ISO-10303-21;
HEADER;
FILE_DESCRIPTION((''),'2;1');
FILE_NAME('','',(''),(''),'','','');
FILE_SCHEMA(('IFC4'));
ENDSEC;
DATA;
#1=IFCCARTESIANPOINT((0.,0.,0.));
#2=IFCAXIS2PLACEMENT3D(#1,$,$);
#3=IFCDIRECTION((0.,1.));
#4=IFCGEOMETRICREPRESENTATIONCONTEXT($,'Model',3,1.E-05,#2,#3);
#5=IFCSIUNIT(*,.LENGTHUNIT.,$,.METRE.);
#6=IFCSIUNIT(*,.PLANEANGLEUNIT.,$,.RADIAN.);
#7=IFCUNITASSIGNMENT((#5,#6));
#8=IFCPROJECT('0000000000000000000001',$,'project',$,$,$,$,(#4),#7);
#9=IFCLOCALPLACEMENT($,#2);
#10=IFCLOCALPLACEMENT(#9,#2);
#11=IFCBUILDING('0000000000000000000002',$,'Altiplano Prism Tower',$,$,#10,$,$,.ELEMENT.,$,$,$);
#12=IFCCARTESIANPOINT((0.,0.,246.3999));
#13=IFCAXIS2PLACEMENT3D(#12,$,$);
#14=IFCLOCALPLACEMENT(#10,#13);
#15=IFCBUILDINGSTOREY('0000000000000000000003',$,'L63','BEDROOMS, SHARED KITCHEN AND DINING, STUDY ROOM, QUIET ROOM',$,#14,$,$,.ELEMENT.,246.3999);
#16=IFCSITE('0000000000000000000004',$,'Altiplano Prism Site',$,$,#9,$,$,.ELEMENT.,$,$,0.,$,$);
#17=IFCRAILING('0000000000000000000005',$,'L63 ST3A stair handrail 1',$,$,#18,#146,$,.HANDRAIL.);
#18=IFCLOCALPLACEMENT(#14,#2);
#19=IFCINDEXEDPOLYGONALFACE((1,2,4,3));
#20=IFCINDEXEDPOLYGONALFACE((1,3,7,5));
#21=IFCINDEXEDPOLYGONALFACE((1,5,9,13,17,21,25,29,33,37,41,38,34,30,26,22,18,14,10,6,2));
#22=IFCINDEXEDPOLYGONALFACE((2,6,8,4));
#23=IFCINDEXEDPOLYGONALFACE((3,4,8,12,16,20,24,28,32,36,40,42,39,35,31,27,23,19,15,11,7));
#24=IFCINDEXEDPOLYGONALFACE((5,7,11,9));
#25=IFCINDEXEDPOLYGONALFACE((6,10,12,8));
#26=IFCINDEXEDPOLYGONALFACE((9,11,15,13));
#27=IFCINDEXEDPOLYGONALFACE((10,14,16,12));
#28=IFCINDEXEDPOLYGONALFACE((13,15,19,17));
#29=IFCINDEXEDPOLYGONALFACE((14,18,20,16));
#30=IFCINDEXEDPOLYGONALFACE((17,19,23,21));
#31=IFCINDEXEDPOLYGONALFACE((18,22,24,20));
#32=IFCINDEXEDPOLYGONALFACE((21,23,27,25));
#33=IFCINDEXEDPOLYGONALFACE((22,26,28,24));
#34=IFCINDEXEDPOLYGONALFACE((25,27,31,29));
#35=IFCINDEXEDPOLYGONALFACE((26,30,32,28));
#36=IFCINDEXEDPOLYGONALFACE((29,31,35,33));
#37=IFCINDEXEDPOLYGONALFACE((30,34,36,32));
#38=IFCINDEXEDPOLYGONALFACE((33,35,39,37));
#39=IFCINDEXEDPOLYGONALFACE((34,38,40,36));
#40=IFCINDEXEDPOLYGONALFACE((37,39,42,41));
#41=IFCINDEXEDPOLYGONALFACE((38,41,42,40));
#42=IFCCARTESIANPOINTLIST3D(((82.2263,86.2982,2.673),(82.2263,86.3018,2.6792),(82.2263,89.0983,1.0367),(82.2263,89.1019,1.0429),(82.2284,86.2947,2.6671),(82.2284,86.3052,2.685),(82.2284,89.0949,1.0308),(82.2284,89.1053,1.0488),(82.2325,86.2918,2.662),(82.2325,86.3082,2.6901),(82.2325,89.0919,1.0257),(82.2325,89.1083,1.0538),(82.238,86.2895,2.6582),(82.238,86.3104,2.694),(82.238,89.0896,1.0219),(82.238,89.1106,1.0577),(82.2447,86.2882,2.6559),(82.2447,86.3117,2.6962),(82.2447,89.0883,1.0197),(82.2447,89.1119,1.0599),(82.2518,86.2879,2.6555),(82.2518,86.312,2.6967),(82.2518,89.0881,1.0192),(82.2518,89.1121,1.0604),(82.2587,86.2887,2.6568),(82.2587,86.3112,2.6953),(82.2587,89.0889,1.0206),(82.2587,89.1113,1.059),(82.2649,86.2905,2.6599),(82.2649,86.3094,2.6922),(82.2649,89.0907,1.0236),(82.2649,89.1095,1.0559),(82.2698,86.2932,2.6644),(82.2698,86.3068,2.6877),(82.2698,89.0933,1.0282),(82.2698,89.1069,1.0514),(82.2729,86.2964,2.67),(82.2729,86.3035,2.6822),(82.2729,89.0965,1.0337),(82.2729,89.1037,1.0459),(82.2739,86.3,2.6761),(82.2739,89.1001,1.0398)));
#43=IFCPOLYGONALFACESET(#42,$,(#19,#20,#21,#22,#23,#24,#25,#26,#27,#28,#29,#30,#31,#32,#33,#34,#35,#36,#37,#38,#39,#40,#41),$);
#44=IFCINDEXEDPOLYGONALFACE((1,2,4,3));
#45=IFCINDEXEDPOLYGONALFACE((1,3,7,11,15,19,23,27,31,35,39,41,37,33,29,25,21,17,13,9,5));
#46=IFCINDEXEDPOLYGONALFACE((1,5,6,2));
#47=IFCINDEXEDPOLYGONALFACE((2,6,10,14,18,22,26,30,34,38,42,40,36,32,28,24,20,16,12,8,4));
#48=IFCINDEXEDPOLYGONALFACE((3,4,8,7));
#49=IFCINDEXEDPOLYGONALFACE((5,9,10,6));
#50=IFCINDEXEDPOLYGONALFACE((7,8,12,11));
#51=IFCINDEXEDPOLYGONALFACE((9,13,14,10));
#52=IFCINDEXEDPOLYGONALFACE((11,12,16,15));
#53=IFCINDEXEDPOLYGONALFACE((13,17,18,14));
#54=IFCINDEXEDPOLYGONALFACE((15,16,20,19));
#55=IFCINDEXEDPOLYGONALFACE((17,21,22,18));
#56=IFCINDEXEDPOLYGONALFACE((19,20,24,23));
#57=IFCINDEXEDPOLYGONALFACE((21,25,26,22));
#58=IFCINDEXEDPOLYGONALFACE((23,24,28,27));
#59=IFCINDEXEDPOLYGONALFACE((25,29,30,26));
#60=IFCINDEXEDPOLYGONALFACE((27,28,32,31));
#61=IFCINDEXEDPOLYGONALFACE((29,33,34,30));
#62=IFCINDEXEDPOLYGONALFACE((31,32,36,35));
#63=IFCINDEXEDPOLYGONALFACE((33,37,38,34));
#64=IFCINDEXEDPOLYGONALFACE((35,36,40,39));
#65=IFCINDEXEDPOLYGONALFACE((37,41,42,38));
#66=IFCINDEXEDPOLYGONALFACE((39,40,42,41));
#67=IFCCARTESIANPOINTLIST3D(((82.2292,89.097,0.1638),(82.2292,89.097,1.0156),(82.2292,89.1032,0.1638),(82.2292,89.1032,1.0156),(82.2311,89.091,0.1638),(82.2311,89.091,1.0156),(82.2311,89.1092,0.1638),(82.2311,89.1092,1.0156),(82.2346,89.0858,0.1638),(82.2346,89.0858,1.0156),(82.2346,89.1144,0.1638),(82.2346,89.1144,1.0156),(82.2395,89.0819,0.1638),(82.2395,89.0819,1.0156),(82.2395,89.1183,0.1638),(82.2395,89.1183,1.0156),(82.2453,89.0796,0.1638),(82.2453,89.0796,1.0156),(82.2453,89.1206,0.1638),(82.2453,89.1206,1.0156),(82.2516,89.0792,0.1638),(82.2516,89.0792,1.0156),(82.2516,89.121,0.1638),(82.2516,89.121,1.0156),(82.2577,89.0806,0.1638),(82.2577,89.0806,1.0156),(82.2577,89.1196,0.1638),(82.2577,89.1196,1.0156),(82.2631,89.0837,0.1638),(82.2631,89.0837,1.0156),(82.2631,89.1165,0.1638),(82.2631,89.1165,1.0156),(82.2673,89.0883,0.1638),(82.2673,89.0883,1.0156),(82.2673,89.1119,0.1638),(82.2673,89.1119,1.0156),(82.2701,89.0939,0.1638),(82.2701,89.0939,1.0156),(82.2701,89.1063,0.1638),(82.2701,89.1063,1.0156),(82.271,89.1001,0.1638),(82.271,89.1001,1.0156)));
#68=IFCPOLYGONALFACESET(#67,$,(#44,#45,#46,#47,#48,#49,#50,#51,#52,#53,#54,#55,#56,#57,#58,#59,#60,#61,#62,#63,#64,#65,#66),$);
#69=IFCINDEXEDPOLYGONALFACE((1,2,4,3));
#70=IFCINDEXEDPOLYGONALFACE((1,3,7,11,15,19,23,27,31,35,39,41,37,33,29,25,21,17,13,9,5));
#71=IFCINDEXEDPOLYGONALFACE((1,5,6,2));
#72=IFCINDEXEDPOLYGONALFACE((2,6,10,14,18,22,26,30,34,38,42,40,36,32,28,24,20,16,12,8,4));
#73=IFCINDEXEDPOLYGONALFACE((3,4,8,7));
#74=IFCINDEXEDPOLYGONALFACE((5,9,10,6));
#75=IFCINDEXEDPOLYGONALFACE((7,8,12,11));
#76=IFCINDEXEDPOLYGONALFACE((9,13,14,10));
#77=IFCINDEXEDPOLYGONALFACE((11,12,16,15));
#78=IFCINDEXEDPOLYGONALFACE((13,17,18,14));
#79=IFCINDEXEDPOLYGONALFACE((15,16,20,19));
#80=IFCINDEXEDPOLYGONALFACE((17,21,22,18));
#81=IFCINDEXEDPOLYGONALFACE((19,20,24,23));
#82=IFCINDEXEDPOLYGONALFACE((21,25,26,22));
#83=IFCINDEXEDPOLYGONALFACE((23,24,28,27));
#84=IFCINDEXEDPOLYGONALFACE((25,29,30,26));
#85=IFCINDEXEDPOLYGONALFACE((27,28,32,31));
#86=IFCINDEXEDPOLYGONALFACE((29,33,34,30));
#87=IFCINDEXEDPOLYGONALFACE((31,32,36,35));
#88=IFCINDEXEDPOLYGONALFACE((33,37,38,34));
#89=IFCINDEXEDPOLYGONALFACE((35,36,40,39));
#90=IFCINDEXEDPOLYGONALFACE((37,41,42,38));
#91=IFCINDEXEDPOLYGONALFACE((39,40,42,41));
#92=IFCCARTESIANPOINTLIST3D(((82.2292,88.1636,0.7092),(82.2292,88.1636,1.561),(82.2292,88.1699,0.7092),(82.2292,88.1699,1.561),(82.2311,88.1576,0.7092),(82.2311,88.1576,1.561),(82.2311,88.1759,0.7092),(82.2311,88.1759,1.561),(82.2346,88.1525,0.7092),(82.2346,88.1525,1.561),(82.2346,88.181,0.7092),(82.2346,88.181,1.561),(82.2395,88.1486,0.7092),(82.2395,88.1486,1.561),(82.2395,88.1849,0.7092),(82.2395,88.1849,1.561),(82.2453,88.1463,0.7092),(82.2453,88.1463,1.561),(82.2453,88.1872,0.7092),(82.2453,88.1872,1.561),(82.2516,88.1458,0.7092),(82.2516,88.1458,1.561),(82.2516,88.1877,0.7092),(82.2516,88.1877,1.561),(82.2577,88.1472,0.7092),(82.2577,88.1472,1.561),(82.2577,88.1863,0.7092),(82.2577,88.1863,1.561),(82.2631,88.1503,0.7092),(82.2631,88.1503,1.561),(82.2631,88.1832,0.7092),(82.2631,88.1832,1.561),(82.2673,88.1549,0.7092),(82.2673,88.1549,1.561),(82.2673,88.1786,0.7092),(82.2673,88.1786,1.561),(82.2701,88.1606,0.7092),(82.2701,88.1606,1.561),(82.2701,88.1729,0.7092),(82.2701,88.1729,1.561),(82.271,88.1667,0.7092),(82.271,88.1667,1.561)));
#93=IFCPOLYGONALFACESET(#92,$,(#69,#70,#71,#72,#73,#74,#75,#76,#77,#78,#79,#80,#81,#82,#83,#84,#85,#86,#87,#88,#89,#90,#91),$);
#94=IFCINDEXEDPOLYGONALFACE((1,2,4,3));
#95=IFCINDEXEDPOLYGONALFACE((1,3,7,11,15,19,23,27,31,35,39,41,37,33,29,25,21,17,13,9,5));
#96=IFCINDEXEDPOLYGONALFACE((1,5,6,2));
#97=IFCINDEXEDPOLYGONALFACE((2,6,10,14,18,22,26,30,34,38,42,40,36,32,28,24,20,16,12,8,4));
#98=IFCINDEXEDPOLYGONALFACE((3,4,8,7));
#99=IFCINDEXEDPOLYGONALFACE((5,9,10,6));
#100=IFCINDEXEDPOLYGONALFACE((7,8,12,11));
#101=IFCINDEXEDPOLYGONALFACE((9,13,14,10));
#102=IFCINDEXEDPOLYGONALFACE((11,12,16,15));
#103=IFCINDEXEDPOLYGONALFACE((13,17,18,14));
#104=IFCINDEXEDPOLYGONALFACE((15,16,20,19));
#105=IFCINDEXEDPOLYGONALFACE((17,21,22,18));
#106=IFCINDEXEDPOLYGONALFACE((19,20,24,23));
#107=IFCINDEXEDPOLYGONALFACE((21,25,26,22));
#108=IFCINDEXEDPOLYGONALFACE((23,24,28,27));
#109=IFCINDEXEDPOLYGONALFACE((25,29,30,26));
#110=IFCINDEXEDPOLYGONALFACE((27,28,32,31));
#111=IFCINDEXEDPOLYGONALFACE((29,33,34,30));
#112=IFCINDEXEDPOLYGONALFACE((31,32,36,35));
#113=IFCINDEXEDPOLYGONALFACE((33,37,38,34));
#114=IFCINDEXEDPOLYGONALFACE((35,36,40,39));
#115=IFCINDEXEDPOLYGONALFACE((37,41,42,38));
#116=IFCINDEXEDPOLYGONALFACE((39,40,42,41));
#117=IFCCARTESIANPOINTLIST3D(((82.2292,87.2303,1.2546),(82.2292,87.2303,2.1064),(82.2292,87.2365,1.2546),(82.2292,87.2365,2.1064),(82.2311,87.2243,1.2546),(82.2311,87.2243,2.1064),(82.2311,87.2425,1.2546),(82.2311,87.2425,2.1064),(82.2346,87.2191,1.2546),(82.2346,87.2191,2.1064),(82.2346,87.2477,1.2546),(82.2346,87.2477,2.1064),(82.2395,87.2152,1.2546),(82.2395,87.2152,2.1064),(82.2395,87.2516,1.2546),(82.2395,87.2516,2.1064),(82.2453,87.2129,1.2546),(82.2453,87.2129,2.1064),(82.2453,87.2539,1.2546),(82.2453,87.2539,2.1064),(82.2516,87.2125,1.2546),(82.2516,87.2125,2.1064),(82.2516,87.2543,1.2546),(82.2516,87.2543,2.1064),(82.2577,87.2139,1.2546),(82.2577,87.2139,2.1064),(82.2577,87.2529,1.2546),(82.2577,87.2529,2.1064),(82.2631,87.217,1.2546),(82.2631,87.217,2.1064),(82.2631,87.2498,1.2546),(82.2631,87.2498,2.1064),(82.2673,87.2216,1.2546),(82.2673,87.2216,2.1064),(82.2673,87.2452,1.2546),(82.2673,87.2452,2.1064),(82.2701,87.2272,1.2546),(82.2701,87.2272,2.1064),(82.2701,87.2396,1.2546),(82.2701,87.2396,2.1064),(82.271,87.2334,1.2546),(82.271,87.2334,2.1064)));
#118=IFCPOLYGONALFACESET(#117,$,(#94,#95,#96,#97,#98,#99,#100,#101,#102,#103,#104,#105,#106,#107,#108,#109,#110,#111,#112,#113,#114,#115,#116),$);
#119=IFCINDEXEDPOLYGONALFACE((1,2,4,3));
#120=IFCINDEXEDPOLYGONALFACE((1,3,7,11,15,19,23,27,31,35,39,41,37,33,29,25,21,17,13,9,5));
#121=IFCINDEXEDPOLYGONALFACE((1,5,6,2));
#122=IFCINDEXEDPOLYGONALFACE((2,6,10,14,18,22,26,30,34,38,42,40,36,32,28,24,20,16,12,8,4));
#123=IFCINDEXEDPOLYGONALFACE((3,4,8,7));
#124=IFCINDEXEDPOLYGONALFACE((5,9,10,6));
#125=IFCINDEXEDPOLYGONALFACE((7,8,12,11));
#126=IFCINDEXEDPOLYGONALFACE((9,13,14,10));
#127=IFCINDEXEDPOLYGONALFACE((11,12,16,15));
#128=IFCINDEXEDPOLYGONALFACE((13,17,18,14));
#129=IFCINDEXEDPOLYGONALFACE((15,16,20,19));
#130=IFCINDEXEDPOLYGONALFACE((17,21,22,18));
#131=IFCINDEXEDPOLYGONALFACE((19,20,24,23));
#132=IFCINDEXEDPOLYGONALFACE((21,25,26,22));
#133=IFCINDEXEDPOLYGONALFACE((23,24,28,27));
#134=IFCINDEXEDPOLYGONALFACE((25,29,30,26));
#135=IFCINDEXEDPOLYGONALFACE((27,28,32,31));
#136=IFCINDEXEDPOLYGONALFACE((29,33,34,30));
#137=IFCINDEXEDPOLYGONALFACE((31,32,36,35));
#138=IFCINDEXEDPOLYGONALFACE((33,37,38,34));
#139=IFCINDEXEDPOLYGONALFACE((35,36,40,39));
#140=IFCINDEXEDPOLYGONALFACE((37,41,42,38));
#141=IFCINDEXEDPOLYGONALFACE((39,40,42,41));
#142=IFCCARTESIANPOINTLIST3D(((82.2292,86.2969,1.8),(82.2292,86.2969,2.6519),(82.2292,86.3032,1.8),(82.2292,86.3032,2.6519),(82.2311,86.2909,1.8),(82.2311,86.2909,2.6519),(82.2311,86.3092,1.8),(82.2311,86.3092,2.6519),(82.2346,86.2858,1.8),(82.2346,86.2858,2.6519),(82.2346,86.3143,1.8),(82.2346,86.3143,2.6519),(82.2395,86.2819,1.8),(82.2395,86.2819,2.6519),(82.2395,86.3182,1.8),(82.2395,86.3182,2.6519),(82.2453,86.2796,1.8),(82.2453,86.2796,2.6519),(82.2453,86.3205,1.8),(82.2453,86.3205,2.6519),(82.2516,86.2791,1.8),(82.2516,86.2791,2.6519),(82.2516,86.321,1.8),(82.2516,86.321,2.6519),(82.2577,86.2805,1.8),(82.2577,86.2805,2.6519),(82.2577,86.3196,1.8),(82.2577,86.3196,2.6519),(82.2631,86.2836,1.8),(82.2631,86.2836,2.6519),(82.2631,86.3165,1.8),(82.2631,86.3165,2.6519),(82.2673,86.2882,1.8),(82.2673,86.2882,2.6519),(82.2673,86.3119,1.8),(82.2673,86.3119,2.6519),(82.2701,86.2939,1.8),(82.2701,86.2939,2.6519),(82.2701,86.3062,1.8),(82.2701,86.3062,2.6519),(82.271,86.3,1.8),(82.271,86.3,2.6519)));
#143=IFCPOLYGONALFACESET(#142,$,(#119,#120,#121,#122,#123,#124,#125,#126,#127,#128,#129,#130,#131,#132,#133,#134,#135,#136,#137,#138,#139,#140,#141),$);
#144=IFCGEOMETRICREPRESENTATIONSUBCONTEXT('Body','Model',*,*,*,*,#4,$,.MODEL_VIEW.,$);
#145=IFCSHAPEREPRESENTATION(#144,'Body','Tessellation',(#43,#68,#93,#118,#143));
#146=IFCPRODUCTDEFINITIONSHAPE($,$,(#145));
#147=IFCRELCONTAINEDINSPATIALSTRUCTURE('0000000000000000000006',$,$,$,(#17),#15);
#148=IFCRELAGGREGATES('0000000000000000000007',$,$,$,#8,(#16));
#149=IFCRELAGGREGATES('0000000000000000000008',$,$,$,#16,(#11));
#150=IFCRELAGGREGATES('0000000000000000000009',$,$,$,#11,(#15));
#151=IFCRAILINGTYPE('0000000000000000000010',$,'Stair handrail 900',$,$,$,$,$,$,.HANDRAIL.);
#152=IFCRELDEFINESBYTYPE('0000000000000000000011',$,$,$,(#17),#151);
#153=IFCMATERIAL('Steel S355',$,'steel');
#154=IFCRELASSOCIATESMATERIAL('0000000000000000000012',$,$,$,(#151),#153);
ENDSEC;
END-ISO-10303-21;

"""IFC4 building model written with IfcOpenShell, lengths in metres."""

from ifc_helpers import new_model, si_unit, direction, frame, origin, origin_2d, place, context, subcontext, project, spatial, circle, extrude, material, type_object, element, save


model = new_model("IFC4")

# Units and contexts
model_context = context("Model", 3, precision=1e-05, world=origin(), true_north=direction((0.0, 1.0)))
body_context = subcontext(model_context, "Body", "Model", "MODEL_VIEW")
ifc_project = project(units=[si_unit("LENGTHUNIT", "METRE"), si_unit("PLANEANGLEUNIT", "RADIAN")], contexts=[model_context])

# Site, building, storey
site_placement = place(None, origin())
site = spatial("IfcSite", under=ifc_project, at=site_placement, Name="Altiplano Prism Site", CompositionType="ELEMENT", RefElevation=0.0)
building_placement = place(site_placement, origin())
building = spatial("IfcBuilding", under=site, at=building_placement, Name="Altiplano Prism Tower", CompositionType="ELEMENT")
storey_placement = place(building_placement, frame((0.0, 0.0, 246.3999)))
storey = spatial("IfcBuildingStorey", under=building, at=storey_placement, Name="L63", Description="BEDROOMS, SHARED KITCHEN AND DINING, STUDY ROOM, QUIET ROOM", CompositionType="ELEMENT", Elevation=246.3999)

# Railing
ifc_material_1 = material(Name="Steel S355", Category="steel")
railing_type = type_object("IfcRailingType", Name="Stair handrail 900", PredefinedType="HANDRAIL", material=ifc_material_1)
railing_1_placement = place(storey_placement, frame((82.25, 89.1001, 0.1638)))
element("IfcRailing", 1, at=railing_1_placement, inside=storey, type_object=railing_type, Name="L63 ST3A stair handrail 1", PredefinedType="HANDRAIL", context=body_context, shape_type="SweptSolid", body=[
    extrude(circle(Radius=0.0239, at=origin_2d()), frame((0.0, 0.0, 0.876), z_axis=(0.0, -0.863394, 0.504531), x_axis=(1.0, 0.0, 0.0)), (0.0, 0.0, 1.0), 3.2432),
    extrude(circle(Radius=0.021, at=origin_2d()), origin(), (0.0, 0.0, 1.0), 0.8518),
    extrude(circle(Radius=0.021, at=origin_2d()), frame((0.0, -0.9333, 0.5454)), (0.0, 0.0, 1.0), 0.8518),
    extrude(circle(Radius=0.021, at=origin_2d()), frame((0.0, -1.8667, 1.0908)), (0.0, 0.0, 1.0), 0.8518),
    extrude(circle(Radius=0.021, at=origin_2d()), frame((0.0, -2.8, 1.6362)), (0.0, 0.0, 1.0), 0.8518),
])

save(model, "model.ifc")
